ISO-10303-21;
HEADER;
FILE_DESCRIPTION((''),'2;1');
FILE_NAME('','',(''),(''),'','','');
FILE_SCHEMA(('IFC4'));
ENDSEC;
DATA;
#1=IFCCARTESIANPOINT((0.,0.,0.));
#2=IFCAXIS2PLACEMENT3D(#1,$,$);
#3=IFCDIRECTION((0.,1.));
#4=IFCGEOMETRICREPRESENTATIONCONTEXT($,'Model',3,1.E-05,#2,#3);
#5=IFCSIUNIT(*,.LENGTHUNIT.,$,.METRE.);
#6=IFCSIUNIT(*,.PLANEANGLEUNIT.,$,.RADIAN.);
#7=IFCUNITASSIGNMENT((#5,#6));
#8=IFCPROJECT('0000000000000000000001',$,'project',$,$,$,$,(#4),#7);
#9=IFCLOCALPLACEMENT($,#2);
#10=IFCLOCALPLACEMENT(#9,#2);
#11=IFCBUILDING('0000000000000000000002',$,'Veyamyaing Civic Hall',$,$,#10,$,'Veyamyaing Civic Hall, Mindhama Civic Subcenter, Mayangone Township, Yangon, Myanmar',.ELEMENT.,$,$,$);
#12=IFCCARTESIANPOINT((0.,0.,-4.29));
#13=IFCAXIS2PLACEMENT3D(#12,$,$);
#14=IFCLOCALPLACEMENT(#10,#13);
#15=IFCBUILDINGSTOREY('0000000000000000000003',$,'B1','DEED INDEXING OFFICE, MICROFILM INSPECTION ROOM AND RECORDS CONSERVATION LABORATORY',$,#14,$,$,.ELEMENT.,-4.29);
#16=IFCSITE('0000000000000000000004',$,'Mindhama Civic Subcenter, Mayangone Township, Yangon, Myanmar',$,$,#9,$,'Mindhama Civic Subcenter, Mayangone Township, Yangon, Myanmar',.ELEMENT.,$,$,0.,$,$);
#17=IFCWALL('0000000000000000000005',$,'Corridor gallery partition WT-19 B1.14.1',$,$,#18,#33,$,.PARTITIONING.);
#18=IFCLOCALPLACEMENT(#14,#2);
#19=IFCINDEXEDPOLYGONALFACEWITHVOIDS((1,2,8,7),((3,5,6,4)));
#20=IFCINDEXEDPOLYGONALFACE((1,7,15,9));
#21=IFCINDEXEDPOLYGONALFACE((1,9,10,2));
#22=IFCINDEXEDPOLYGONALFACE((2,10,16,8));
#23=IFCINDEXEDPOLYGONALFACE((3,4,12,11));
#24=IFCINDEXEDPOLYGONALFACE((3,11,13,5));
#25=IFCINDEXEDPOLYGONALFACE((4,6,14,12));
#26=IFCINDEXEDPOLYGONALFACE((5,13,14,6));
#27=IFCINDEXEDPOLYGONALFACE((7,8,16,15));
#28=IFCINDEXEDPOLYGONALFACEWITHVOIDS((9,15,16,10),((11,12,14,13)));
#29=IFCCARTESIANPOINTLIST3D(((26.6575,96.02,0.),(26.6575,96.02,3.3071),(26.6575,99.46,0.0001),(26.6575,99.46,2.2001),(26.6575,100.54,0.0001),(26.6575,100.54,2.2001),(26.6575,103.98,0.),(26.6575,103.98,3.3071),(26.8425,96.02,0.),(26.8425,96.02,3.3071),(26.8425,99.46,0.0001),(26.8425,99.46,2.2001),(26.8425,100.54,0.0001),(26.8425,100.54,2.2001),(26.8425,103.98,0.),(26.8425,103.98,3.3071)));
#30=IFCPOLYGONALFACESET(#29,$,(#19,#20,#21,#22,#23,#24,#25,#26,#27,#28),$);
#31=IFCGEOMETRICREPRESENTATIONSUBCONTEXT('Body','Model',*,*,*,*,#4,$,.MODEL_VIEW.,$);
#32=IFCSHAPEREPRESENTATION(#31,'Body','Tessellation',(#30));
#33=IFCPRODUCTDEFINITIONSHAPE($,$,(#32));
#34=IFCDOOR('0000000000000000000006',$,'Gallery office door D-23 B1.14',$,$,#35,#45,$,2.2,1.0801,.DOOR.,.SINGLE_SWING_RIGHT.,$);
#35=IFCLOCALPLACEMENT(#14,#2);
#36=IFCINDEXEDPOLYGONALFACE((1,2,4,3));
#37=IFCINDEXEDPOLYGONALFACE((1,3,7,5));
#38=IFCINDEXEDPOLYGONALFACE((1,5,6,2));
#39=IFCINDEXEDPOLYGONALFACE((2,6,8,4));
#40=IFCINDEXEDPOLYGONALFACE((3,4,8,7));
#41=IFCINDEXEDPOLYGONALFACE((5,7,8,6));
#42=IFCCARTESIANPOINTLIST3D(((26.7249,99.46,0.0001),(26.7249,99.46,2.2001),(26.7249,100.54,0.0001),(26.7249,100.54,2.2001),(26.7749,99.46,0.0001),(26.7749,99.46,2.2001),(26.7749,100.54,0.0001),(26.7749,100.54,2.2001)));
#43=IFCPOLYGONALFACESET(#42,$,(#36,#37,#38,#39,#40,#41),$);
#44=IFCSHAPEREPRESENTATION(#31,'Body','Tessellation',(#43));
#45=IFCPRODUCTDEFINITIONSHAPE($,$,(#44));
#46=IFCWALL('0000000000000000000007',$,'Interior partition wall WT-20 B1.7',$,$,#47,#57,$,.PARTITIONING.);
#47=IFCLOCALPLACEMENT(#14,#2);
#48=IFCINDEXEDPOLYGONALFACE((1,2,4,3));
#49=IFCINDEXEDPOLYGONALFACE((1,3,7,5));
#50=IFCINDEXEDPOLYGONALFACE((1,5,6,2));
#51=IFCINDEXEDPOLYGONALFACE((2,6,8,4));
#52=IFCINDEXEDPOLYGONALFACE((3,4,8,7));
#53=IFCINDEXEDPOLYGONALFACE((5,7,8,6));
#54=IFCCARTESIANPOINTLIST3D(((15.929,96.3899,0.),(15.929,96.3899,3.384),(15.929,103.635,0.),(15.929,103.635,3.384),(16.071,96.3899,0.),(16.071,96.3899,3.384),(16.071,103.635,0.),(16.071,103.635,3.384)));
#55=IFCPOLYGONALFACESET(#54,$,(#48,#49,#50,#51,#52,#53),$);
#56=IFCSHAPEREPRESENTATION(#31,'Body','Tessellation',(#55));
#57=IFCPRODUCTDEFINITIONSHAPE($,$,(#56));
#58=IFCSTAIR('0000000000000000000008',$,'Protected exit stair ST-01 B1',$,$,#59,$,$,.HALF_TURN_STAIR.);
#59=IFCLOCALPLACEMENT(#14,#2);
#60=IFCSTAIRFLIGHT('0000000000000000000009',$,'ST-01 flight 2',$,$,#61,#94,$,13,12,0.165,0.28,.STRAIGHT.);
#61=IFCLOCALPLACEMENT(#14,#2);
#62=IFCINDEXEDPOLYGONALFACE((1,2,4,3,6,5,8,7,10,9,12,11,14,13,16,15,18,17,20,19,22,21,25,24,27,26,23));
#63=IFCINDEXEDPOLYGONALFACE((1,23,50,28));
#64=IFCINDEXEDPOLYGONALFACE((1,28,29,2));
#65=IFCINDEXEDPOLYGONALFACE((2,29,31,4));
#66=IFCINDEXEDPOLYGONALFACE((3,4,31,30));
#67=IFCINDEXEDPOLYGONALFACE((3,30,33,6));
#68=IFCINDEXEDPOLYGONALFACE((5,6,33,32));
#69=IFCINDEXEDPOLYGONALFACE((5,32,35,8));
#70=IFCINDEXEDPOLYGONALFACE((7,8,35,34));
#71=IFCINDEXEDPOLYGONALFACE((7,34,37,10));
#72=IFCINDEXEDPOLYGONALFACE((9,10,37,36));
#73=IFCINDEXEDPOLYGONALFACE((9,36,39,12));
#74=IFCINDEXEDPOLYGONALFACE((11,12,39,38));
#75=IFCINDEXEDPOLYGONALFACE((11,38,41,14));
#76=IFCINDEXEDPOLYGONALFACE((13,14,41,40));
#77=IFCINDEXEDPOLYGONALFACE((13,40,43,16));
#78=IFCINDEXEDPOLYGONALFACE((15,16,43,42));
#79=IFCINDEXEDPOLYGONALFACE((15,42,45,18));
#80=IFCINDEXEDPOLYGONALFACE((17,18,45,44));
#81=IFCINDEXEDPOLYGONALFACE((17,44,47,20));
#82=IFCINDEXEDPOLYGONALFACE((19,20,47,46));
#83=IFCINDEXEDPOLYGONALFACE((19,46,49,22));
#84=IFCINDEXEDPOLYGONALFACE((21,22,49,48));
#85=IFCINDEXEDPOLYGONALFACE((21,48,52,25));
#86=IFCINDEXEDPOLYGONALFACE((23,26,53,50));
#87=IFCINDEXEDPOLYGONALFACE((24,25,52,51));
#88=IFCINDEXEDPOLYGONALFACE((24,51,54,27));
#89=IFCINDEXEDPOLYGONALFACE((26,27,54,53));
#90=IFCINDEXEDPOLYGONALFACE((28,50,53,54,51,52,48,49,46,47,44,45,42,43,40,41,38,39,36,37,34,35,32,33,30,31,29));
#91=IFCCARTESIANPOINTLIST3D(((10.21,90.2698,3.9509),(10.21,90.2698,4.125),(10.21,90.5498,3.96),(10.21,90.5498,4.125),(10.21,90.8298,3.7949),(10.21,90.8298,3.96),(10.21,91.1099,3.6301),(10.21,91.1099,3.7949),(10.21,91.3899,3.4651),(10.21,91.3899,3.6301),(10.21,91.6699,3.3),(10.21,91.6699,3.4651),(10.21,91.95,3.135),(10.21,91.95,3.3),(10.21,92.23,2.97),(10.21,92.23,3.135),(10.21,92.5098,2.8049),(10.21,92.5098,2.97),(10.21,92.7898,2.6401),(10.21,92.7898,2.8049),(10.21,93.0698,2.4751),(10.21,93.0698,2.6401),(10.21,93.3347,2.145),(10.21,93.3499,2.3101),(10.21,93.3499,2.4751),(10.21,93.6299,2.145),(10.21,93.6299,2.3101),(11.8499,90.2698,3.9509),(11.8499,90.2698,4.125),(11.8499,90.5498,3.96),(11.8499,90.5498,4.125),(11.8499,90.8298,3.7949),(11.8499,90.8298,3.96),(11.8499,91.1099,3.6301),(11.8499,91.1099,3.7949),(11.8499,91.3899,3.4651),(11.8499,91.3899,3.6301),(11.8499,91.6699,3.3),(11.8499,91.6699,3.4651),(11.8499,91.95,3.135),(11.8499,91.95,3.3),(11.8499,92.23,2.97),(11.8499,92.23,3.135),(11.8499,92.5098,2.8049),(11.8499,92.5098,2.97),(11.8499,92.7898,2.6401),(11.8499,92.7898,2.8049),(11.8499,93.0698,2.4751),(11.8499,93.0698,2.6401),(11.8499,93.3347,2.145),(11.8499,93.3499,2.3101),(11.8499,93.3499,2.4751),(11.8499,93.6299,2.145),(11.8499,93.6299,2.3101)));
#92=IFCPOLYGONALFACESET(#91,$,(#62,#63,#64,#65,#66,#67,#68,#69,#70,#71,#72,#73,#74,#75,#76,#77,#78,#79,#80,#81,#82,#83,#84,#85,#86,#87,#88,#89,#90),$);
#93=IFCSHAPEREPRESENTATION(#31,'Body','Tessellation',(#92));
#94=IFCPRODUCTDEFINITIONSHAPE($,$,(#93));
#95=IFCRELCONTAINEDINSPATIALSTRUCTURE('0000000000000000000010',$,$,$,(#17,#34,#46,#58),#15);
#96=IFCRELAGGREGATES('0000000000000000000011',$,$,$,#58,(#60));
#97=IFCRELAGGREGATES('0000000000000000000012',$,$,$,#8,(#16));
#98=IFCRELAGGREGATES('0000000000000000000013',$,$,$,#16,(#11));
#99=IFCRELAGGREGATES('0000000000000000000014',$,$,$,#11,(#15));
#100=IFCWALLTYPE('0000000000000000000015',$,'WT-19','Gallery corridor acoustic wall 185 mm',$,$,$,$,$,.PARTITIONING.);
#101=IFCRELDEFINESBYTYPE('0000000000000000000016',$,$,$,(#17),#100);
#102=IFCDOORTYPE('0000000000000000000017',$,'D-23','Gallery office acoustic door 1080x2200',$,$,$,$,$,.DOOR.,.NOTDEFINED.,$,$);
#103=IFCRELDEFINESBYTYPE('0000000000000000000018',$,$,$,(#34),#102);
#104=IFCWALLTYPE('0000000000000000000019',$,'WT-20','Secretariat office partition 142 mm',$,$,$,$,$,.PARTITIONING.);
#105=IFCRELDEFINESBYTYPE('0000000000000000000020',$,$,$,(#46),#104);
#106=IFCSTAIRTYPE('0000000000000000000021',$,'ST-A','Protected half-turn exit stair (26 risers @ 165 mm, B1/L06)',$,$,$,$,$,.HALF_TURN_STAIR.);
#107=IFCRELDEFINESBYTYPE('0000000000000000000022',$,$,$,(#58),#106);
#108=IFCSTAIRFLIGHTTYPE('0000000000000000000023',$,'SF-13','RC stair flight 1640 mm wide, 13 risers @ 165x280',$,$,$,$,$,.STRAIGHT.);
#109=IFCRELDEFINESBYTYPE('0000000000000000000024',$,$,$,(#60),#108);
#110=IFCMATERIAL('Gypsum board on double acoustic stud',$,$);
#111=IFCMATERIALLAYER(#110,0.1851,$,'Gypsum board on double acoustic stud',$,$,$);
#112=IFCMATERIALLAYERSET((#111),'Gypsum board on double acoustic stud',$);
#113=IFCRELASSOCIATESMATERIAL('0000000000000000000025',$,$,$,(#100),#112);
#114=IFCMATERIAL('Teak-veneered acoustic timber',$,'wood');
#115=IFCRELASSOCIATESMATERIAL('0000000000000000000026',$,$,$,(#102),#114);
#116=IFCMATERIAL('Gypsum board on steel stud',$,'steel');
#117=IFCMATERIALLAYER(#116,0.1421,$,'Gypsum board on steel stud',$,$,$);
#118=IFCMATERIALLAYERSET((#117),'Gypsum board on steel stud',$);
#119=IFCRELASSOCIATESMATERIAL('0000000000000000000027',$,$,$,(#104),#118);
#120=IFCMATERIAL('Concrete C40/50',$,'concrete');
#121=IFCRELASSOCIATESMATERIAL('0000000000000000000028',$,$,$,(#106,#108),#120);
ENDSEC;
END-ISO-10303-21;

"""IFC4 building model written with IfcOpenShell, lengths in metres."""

from ifc_helpers import new_model, si_unit, direction, frame, frame_2d, origin, place, context, subcontext, project, spatial, polyline, rectangle, outline, extrude, material, layer, layer_set, type_object, element, fill, aggregate, save


model = new_model("IFC4")

# Units and contexts
model_context = context("Model", 3, precision=1e-05, world=origin(), true_north=direction((0.0, 1.0)))
body_context = subcontext(model_context, "Body", "Model", "MODEL_VIEW")
ifc_project = project(units=[si_unit("LENGTHUNIT", "METRE"), si_unit("PLANEANGLEUNIT", "RADIAN")], contexts=[model_context])

# Site, building, storey
site_placement = place(None, origin())
site = spatial("IfcSite", under=ifc_project, at=site_placement, Name="Mindhama Civic Subcenter, Mayangone Township, Yangon, Myanmar", LongName="Mindhama Civic Subcenter, Mayangone Township, Yangon, Myanmar", CompositionType="ELEMENT", RefElevation=0.0)
building_placement = place(site_placement, origin())
building = spatial("IfcBuilding", under=site, at=building_placement, Name="Veyamyaing Civic Hall", LongName="Veyamyaing Civic Hall, Mindhama Civic Subcenter, Mayangone Township, Yangon, Myanmar", CompositionType="ELEMENT")
storey_placement = place(building_placement, frame((0.0, 0.0, -4.29)))
storey = spatial("IfcBuildingStorey", under=building, at=storey_placement, Name="B1", Description="DEED INDEXING OFFICE, MICROFILM INSPECTION ROOM AND RECORDS CONSERVATION LABORATORY", CompositionType="ELEMENT", Elevation=-4.29)

# Shared definitions
ifc_material_1 = material(Name="Concrete C40/50", Category="concrete")

# Shared definitions
ifc_material_2 = material(Name="Teak-veneered acoustic timber", Category="wood")

# Shared definitions
ifc_material_3 = material(Name="Gypsum board on steel stud", Category="steel")

# Wall, opening, door
ifc_material_4 = material(Name="Gypsum board on double acoustic stud")
ifc_layer_1 = layer(ifc_material_4, 0.1851, Name="Gypsum board on double acoustic stud")
ifc_layer_set_1 = layer_set([ifc_layer_1], Name="Gypsum board on double acoustic stud")
wall_type_1 = type_object("IfcWallType", Name="WT-19", Description="Gallery corridor acoustic wall 185 mm", PredefinedType="PARTITIONING", material=ifc_layer_set_1)
wall_1_placement = place(storey_placement, frame((26.75, 96.02, 0.0), z_axis=(0.0, 0.0, 1.0), x_axis=(0.0, 1.0, 0.0)))
wall_1 = element("IfcWall", 1, at=wall_1_placement, inside=storey, type_object=wall_type_1, Name="Corridor gallery partition WT-19 B1.14.1", PredefinedType="PARTITIONING", context=body_context, shape_type="SweptSolid", body=[
    extrude(rectangle(XDim=7.96, YDim=0.1851, at=frame_2d((3.98, 0.0))), origin(), (0.0, 0.0, 1.0), 3.3071),
])
opening_1_placement = place(wall_1_placement, frame((3.4399, 0.0, 0.0)))
opening_1 = element("IfcOpeningElement", 2, at=opening_1_placement, cuts=wall_1, PredefinedType="OPENING", context=body_context, shape_type="SweptSolid", body=[
    extrude(rectangle(XDim=1.0801, YDim=2.2, at=frame_2d((0.54, 1.1001))), frame((0.0, 0.1025, 0.0), z_axis=(0.0, -1.0, 0.0), x_axis=(1.0, 0.0, 0.0)), (0.0, 0.0, 1.0), 0.2051),
])
door_type_1 = type_object("IfcDoorType", Name="D-23", Description="Gallery office acoustic door 1080x2200", OperationType="NOTDEFINED", PredefinedType="DOOR", material=ifc_material_2)
door_1_placement = place(opening_1_placement, frame((1.0801, 0.0, 0.0), z_axis=(0.0, 0.0, 1.0), x_axis=(-1.0, 0.0, 0.0)))
door_1 = element("IfcDoor", 3, at=door_1_placement, inside=storey, type_object=door_type_1, Name="Gallery office door D-23 B1.14", OperationType="SINGLE_SWING_RIGHT", OverallHeight=2.2, OverallWidth=1.0801, PredefinedType="DOOR", context=body_context, shape_type="SweptSolid", body=[
    extrude(rectangle(XDim=1.0801, YDim=2.2, at=frame_2d((0.54, 1.1001))), frame((0.0, 0.0249, 0.0), z_axis=(0.0, -1.0, 0.0), x_axis=(1.0, 0.0, 0.0)), (0.0, 0.0, 1.0), 0.05),
])
fill(opening_1, door_1)

# Wall
ifc_layer_2 = layer(ifc_material_3, 0.1421, Name="Gypsum board on steel stud")
ifc_layer_set_2 = layer_set([ifc_layer_2], Name="Gypsum board on steel stud")
wall_type_2 = type_object("IfcWallType", Name="WT-20", Description="Secretariat office partition 142 mm", PredefinedType="PARTITIONING", material=ifc_layer_set_2)
wall_2_placement = place(storey_placement, frame((16.0, 96.3899, 0.0), z_axis=(0.0, 0.0, 1.0), x_axis=(0.0, 1.0, 0.0)))
element("IfcWall", 4, at=wall_2_placement, inside=storey, type_object=wall_type_2, Name="Interior partition wall WT-20 B1.7", PredefinedType="PARTITIONING", context=body_context, shape_type="SweptSolid", body=[
    extrude(rectangle(XDim=7.2451, YDim=0.1421, at=frame_2d((3.6226, 0.0))), origin(), (0.0, 0.0, 1.0), 3.384),
])

# Stair, stair flight
stair_type = type_object("IfcStairType", Name="ST-A", Description="Protected half-turn exit stair (26 risers @ 165 mm, B1/L06)", PredefinedType="HALF_TURN_STAIR", material=ifc_material_1)
stair_placement = place(storey_placement, origin())
stair = element("IfcStair", 5, at=stair_placement, inside=storey, type_object=stair_type, Name="Protected exit stair ST-01 B1", PredefinedType="HALF_TURN_STAIR")
stair_flight_type = type_object("IfcStairFlightType", Name="SF-13", Description="RC stair flight 1640 mm wide, 13 risers @ 165x280", PredefinedType="STRAIGHT", material=ifc_material_1)
stair_flight_placement = place(storey_placement, frame((11.03, 93.6299, 2.145), z_axis=(0.0, 0.0, 1.0), x_axis=(0.0, -1.0, 0.0)))
stair_flight = element("IfcStairFlight", 6, at=stair_flight_placement, type_object=stair_flight_type, Name="ST-01 flight 2", NumberOfRisers=13, NumberOfTreads=12, PredefinedType="STRAIGHT", RiserHeight=0.165, TreadLength=0.28, context=body_context, shape_type="SweptSolid", body=[
    extrude(outline(polyline([(0.0, 0.0), (0.0, 0.165), (0.28, 0.165), (0.28, 0.3301), (0.5601, 0.3301), (0.5601, 0.4951), (0.8401, 0.4951), (0.8401, 0.6599), (1.1201, 0.6599), (1.1201, 0.825), (1.3999, 0.825), (1.3999, 0.99), (1.6799, 0.99), (1.6799, 1.155), (1.96, 1.155), (1.96, 1.3201), (2.24, 1.3201), (2.24, 1.4851), (2.52, 1.4851), (2.52, 1.6499), (2.8, 1.6499), (2.8, 1.8149), (3.0801, 1.8149), (3.0801, 1.98), (3.3601, 1.98), (3.3601, 2.145), (3.3601, 1.8059), (0.2952, 0.0), (0.0, 0.0)])), frame((0.0, 0.8198, 0.0), z_axis=(0.0, -1.0, 0.0), x_axis=(1.0, 0.0, 0.0)), (0.0, 0.0, 1.0), 1.6399),
])
aggregate(stair, [stair_flight])

save(model, "model.ifc")
